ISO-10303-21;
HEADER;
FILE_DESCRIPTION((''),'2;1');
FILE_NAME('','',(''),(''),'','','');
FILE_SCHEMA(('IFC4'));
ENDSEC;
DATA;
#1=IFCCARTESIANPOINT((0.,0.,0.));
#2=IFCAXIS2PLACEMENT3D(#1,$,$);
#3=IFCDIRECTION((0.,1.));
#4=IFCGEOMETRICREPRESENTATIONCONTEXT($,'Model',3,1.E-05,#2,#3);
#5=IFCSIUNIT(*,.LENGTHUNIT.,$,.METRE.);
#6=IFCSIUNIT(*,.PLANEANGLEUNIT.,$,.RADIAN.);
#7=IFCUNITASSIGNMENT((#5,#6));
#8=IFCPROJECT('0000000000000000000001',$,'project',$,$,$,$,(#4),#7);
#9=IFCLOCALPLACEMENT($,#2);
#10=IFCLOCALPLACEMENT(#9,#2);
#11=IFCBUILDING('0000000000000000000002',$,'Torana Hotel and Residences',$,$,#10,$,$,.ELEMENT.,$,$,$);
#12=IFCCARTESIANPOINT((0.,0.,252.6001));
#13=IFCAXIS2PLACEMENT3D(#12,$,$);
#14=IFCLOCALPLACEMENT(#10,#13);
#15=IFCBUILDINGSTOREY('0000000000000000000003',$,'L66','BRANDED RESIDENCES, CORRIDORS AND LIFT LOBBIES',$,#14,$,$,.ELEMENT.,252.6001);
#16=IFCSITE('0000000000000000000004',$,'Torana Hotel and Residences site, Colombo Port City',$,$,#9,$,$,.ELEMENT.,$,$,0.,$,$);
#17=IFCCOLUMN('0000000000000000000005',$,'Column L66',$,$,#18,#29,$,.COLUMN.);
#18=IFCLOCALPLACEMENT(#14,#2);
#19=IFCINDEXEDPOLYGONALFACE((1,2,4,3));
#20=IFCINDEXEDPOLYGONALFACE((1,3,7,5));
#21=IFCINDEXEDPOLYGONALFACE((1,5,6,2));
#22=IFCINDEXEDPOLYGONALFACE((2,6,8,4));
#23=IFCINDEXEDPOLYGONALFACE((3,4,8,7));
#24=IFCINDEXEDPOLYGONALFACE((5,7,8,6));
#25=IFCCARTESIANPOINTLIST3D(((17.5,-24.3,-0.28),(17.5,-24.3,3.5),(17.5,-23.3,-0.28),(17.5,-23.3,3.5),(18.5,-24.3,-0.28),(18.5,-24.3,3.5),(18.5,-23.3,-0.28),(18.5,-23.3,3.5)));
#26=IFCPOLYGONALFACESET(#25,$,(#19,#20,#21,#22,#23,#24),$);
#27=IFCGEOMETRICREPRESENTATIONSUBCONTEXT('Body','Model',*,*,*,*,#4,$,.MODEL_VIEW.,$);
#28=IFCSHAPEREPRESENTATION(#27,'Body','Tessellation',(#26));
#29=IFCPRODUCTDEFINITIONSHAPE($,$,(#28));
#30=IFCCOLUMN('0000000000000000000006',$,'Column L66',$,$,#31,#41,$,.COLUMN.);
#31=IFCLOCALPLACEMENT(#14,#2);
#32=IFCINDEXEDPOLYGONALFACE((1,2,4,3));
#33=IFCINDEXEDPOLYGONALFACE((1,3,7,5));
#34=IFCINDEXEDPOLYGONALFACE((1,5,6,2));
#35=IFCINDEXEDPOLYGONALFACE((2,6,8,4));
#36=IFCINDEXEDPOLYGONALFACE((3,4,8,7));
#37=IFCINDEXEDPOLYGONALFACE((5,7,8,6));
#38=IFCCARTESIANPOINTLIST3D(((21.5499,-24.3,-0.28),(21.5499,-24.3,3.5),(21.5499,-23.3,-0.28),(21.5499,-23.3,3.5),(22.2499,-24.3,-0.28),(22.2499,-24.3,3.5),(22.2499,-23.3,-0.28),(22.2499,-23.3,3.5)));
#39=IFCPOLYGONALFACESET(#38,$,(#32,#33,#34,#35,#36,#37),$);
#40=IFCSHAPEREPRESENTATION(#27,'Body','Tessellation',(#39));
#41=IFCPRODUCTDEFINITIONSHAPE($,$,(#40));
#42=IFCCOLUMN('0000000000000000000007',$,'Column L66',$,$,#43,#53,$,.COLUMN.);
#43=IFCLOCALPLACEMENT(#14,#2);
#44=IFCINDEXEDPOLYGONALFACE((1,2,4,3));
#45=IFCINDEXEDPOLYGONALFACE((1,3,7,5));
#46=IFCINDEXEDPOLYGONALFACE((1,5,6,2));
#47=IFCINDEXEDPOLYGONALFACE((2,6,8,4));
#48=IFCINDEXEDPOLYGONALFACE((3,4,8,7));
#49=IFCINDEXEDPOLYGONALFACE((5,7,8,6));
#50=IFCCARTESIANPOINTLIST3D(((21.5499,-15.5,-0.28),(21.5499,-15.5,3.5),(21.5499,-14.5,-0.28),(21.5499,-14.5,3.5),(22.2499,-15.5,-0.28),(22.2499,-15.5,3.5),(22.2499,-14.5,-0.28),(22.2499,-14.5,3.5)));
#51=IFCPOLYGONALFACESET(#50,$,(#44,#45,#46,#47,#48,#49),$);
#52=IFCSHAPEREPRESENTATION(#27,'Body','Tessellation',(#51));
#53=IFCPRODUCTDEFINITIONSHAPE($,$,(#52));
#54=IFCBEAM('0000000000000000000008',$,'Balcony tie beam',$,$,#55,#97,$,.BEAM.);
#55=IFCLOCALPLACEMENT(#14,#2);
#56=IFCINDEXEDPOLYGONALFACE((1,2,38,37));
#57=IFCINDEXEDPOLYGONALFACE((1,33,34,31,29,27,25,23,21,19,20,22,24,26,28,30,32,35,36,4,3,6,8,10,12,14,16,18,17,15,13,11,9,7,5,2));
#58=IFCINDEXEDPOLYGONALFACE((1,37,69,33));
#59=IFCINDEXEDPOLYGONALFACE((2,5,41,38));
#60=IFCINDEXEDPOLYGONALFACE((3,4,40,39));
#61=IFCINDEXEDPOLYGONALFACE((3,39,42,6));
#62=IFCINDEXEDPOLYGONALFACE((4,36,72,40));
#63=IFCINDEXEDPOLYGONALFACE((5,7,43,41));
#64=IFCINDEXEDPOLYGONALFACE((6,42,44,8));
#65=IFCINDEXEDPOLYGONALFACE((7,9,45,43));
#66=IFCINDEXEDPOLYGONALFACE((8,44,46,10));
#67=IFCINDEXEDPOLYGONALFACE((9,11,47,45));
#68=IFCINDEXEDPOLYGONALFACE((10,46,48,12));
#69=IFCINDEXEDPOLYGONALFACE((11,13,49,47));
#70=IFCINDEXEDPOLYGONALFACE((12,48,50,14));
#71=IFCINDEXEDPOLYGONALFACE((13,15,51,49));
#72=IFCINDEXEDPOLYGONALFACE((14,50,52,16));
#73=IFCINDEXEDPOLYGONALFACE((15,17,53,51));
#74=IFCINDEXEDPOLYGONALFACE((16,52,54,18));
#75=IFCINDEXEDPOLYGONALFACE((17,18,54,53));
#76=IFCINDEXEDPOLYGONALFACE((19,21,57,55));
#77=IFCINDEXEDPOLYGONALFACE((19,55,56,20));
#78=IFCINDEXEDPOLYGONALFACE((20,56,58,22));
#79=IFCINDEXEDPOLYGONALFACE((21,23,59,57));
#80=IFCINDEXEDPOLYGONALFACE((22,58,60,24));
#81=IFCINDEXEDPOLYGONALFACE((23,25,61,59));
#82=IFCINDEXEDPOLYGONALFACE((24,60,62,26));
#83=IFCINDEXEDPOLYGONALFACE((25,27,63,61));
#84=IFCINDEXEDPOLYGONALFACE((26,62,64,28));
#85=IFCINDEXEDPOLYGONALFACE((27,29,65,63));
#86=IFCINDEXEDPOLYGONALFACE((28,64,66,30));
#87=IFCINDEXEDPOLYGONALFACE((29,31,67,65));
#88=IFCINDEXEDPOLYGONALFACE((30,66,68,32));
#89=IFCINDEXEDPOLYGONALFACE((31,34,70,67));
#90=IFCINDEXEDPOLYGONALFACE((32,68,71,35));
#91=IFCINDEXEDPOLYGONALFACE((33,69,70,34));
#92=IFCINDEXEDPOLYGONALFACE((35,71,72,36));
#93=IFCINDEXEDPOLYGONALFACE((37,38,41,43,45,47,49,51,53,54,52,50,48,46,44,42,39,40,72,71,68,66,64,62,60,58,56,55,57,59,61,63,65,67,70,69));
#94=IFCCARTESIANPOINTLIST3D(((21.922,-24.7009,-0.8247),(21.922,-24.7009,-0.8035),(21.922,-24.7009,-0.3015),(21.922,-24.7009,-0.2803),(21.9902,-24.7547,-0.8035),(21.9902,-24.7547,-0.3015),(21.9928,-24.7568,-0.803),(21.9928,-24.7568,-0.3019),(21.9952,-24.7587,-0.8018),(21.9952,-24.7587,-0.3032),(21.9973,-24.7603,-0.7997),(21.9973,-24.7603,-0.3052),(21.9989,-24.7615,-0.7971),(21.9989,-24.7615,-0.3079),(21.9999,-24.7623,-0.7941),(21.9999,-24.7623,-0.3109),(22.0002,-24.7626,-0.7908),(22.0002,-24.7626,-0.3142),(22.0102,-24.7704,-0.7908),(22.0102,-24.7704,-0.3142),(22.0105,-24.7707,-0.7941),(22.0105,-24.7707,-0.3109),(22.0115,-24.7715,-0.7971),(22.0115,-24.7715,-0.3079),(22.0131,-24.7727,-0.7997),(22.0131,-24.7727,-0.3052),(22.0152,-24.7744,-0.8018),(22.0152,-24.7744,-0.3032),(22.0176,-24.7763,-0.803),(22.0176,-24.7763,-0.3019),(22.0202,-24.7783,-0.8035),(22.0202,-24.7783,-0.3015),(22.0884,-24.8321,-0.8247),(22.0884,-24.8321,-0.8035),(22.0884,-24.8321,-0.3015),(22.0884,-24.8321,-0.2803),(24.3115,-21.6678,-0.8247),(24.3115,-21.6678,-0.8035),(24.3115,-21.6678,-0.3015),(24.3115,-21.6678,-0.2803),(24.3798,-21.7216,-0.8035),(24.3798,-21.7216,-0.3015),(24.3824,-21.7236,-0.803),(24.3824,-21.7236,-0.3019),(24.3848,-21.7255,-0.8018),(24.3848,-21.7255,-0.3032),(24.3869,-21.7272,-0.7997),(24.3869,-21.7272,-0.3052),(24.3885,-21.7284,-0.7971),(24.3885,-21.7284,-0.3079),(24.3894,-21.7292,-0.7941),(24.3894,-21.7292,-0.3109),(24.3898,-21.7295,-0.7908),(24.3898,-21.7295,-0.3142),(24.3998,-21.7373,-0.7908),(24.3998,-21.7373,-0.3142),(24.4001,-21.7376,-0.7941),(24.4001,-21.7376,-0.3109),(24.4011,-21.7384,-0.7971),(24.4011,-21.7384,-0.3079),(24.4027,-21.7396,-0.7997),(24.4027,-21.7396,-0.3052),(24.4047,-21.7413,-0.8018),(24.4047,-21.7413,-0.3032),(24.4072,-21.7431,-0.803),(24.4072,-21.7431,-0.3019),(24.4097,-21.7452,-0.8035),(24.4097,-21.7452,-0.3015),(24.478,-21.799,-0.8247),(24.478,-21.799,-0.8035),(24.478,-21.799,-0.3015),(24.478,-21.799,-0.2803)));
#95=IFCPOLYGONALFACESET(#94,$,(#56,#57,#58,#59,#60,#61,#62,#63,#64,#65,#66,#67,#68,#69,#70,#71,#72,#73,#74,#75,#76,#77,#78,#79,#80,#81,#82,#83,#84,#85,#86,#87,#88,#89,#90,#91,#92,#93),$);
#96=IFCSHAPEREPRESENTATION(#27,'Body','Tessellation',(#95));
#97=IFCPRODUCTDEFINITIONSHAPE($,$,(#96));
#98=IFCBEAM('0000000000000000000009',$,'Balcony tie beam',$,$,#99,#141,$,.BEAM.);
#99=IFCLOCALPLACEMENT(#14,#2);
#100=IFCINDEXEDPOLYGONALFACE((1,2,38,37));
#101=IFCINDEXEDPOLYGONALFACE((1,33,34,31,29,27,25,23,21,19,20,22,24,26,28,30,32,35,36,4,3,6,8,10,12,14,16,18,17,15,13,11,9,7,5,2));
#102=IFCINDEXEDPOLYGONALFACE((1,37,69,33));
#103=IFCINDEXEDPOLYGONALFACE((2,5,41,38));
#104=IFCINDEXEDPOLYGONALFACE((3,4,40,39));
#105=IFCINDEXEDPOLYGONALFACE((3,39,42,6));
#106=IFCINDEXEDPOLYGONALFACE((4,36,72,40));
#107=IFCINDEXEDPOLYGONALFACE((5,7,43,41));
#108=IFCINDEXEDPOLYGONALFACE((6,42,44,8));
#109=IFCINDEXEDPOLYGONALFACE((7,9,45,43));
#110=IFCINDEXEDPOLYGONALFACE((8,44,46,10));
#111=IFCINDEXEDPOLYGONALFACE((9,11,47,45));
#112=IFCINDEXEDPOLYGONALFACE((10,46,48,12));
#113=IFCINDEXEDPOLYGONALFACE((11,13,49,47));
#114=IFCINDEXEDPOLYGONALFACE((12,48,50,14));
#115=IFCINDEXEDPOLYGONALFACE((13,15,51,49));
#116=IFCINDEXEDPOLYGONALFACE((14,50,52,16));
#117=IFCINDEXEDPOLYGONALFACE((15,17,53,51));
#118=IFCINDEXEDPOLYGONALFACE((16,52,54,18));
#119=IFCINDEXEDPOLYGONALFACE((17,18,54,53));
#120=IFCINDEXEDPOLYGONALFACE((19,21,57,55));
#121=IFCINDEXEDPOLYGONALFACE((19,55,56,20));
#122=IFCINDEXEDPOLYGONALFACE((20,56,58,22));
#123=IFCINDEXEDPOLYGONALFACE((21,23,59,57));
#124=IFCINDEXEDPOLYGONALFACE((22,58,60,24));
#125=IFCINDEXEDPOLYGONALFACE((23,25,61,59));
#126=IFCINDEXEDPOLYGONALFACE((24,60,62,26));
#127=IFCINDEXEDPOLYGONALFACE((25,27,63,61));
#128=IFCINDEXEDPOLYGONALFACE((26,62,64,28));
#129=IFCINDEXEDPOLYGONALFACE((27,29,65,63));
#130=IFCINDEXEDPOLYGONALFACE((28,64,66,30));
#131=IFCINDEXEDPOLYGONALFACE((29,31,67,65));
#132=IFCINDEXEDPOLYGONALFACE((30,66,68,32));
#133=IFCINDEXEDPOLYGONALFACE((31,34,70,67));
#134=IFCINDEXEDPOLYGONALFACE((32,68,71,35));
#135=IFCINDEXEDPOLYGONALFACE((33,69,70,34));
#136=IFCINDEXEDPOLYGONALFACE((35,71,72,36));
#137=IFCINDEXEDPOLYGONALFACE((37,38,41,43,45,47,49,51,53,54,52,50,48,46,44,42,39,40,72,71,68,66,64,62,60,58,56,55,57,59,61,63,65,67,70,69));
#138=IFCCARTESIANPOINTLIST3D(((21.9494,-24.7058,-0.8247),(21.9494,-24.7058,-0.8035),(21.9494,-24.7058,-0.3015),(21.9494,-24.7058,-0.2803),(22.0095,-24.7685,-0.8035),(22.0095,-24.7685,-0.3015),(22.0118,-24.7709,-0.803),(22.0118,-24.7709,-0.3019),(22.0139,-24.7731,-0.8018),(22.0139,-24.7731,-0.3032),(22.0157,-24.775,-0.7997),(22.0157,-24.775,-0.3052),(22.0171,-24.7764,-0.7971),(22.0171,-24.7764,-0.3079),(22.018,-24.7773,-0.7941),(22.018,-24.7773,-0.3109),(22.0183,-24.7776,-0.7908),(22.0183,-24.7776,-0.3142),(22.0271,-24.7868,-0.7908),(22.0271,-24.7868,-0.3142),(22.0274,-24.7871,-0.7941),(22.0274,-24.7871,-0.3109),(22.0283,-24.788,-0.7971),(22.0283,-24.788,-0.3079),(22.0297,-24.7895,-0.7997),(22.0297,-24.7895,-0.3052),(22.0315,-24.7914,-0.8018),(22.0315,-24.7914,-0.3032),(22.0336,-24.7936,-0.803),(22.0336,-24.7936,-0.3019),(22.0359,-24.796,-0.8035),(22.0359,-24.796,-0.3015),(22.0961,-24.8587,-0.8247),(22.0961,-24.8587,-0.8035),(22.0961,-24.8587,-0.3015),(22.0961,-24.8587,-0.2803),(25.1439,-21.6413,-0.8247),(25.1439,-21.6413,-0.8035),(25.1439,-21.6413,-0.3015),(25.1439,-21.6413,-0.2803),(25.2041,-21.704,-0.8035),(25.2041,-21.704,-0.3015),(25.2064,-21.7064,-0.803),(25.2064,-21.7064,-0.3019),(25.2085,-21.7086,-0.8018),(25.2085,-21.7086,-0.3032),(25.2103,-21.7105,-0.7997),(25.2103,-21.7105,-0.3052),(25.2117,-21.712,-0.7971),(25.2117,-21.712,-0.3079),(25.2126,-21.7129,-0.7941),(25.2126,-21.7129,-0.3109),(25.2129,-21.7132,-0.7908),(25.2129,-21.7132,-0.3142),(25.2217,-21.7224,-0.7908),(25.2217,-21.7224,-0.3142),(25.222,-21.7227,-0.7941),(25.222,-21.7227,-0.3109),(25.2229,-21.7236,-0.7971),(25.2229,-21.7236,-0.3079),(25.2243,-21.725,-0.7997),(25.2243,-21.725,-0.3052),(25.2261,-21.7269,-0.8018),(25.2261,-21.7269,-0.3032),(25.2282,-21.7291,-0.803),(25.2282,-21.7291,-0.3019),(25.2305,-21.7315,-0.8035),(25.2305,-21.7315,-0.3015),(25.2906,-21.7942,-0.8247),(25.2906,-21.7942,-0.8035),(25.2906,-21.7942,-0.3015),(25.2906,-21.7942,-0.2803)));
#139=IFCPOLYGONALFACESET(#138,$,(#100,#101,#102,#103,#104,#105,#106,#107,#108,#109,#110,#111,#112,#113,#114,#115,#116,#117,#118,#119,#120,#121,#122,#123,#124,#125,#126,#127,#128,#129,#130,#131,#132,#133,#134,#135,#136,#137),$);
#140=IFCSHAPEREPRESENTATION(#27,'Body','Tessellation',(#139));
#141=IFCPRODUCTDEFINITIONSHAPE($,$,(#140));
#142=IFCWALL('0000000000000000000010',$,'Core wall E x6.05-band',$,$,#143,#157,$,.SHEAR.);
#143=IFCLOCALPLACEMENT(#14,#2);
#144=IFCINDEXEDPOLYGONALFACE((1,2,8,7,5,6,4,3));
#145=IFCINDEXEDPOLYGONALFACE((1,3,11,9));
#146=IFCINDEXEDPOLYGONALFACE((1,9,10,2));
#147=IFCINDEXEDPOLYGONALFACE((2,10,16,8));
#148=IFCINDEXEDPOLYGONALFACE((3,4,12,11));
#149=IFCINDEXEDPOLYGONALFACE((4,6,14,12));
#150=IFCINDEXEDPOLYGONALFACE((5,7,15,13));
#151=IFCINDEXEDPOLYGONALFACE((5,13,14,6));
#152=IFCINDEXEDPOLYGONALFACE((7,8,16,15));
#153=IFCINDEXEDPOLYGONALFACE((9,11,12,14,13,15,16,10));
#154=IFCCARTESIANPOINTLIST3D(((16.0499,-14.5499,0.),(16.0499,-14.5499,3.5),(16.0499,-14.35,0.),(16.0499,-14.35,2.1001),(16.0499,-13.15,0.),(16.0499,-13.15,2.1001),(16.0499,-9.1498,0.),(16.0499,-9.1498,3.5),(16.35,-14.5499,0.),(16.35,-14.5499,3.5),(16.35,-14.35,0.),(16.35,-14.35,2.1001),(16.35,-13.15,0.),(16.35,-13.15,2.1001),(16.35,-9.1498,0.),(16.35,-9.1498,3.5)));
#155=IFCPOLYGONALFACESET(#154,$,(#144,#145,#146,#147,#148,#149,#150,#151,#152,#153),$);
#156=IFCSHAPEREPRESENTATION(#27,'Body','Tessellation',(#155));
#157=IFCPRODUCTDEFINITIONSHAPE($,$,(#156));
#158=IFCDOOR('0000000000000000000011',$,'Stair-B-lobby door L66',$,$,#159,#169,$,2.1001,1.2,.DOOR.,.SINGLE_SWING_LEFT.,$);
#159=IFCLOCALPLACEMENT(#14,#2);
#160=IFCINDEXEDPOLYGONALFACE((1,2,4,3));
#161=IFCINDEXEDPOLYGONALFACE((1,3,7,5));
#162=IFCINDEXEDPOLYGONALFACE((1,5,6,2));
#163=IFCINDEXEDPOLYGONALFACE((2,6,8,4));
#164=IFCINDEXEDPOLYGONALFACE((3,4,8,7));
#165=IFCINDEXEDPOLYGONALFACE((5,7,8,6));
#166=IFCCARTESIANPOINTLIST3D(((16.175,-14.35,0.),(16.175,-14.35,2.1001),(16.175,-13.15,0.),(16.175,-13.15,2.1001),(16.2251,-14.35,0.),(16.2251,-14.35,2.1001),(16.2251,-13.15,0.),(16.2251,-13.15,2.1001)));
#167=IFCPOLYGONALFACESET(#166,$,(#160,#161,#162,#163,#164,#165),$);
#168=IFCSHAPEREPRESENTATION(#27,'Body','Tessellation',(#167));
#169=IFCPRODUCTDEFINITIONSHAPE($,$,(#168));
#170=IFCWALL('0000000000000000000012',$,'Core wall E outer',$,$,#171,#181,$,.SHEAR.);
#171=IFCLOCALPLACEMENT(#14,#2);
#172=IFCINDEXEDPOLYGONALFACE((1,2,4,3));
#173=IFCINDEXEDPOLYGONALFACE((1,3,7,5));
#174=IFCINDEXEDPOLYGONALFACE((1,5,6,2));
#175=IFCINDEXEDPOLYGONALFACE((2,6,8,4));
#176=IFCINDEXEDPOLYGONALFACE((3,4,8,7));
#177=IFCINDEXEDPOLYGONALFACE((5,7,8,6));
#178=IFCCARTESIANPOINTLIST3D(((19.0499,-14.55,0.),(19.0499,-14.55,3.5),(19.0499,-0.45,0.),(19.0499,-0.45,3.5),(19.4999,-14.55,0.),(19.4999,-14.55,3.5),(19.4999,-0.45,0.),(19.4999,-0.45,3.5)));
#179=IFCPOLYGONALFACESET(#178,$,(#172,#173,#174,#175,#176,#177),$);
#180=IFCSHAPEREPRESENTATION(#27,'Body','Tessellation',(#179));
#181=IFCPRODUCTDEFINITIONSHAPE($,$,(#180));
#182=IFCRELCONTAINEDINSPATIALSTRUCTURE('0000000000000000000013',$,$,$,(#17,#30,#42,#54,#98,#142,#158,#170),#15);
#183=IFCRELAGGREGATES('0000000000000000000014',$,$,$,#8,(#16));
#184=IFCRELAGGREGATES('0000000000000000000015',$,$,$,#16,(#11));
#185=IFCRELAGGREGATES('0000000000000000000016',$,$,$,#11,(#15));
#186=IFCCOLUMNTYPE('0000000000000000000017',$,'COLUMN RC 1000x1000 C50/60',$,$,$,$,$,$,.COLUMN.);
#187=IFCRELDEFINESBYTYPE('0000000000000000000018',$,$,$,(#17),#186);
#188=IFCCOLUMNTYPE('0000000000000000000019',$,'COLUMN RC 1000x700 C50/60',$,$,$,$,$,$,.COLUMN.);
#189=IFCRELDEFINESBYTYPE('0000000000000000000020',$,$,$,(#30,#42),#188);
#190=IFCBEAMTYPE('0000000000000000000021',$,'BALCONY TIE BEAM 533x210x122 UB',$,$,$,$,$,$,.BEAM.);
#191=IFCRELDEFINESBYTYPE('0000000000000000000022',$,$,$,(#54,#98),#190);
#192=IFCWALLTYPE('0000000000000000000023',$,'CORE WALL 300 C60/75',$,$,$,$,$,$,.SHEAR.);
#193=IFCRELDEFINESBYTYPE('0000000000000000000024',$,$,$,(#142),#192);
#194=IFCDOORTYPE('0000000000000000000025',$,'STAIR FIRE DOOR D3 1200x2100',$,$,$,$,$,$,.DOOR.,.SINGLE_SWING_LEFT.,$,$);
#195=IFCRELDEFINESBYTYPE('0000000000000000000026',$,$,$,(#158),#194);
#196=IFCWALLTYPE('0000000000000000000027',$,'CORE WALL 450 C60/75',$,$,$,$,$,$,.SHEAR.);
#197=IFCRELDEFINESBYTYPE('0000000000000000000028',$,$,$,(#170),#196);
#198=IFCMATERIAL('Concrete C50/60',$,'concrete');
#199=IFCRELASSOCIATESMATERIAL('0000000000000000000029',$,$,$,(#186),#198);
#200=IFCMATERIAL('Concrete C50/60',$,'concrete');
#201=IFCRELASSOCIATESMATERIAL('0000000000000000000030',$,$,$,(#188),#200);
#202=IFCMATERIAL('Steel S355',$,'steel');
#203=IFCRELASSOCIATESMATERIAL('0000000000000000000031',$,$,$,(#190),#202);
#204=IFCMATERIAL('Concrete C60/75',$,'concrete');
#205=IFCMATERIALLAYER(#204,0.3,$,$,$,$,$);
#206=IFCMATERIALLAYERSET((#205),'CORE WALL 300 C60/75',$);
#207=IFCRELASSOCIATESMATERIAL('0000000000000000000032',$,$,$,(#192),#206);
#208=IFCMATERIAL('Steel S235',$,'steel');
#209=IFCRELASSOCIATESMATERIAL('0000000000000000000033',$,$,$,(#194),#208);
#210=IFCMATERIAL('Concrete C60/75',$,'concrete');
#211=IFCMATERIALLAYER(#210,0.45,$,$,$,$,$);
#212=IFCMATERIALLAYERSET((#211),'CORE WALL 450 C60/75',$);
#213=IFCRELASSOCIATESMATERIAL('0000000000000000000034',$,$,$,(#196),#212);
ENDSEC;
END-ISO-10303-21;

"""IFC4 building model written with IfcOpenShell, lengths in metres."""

from ifc_helpers import new_model, si_unit, direction, frame, frame_2d, origin, origin_2d, place, context, subcontext, project, spatial, rectangle, i_section, extrude, material, layer, layer_set, material_profile, profile_set, type_object, element, fill, save


model = new_model("IFC4")

# Units and contexts
model_context = context("Model", 3, precision=1e-05, world=origin(), true_north=direction((0.0, 1.0)))
body_context = subcontext(model_context, "Body", "Model", "MODEL_VIEW")
ifc_project = project(units=[si_unit("LENGTHUNIT", "METRE"), si_unit("PLANEANGLEUNIT", "RADIAN")], contexts=[model_context])

# Site, building, storey
site_placement = place(None, origin())
site = spatial("IfcSite", under=ifc_project, at=site_placement, Name="Torana Hotel and Residences site, Colombo Port City", CompositionType="ELEMENT", RefElevation=0.0)
building_placement = place(site_placement, origin())
building = spatial("IfcBuilding", under=site, at=building_placement, Name="Torana Hotel and Residences", CompositionType="ELEMENT")
storey_placement = place(building_placement, frame((0.0, 0.0, 252.6001)))
storey = spatial("IfcBuildingStorey", under=building, at=storey_placement, Name="L66", Description="BRANDED RESIDENCES, CORRIDORS AND LIFT LOBBIES", CompositionType="ELEMENT", Elevation=252.6001)

# Columns
ifc_material_1 = material(Name="Concrete C50/60", Category="concrete")
ifc_material_profile_1 = material_profile(ifc_material_1, rectangle(XDim=1.0, YDim=1.0, at=origin_2d()), Name="RC 1000x1000")
ifc_profile_set_1 = profile_set([ifc_material_profile_1], Name="Concrete C50/60")
column_type_1 = type_object("IfcColumnType", Name="COLUMN RC 1000x1000 C50/60", PredefinedType="COLUMN", material=ifc_profile_set_1)
column_placement = place(storey_placement, frame((18.0, -23.8, -0.28), z_axis=(0.0, 0.0, 1.0), x_axis=(1.0, 0.0, 0.0)))
element("IfcColumn", 1, at=column_placement, inside=storey, type_object=column_type_1, Name="Column L66", PredefinedType="COLUMN", context=body_context, shape_type="SweptSolid", body=[
    extrude(rectangle(XDim=1.0, YDim=1.0, at=origin_2d()), origin(), (0.0, 0.0, 1.0), 3.78),
])
ifc_material_2 = material(Name="Concrete C50/60", Category="concrete")
ifc_material_profile_2 = material_profile(ifc_material_2, rectangle(XDim=1.0, YDim=0.7, at=origin_2d()), Name="RC 1000x700")
ifc_profile_set_2 = profile_set([ifc_material_profile_2], Name="Concrete C50/60")
column_type_2 = type_object("IfcColumnType", Name="COLUMN RC 1000x700 C50/60", PredefinedType="COLUMN", material=ifc_profile_set_2)
for number, where, z_axis, x_axis, name in (
    (2, (21.8999, -23.8, -0.28), (0.0, 0.0, 1.0), (0.0, 1.0, 0.0), "Column L66"),
    (3, (21.8999, -15.0, -0.28), (0.0, 0.0, 1.0), (0.0, 1.0, 0.0), "Column L66"),
):
    element("IfcColumn", number, at=place(storey_placement, frame(where, z_axis=z_axis, x_axis=x_axis)), inside=storey, type_object=column_type_2, Name=name, PredefinedType="COLUMN", context=body_context, shape_type="SweptSolid", body=[
        extrude(rectangle(XDim=1.0, YDim=0.7, at=origin_2d()), origin(), (0.0, 0.0, 1.0), 3.78),
    ])

# Beams
ifc_material_3 = material(Name="Steel S355", Category="steel")
ifc_material_profile_3 = material_profile(ifc_material_3, i_section(OverallWidth=0.2119, OverallDepth=0.5444, WebThickness=0.0127, FlangeThickness=0.0212, FilletRadius=0.0127, at=origin_2d()), Name="533x210x122 UB")
ifc_profile_set_3 = profile_set([ifc_material_profile_3], Name="Steel S355")
beam_type = type_object("IfcBeamType", Name="BALCONY TIE BEAM 533x210x122 UB", PredefinedType="BEAM", material=ifc_profile_set_3)
beam_1_placement = place(storey_placement, frame((24.3948, -21.7334, -0.5525), z_axis=(-0.618849, -0.78551, 0.0), x_axis=(0.78551, -0.618849, 0.0)))
element("IfcBeam", 4, at=beam_1_placement, inside=storey, type_object=beam_type, Name="Balcony tie beam", PredefinedType="BEAM", context=body_context, shape_type="SweptSolid", body=[
    extrude(i_section(OverallWidth=0.2119, OverallDepth=0.5444, WebThickness=0.0127, FlangeThickness=0.0212, FilletRadius=0.0127, at=origin_2d()), origin(), (0.0, 0.0, 1.0), 3.8613),
])
beam_2_placement = place(storey_placement, frame((25.2173, -21.7178, -0.5525), z_axis=(-0.721652, -0.692256, 0.0), x_axis=(0.692256, -0.721652, 0.0)))
element("IfcBeam", 5, at=beam_2_placement, inside=storey, type_object=beam_type, Name="Balcony tie beam", PredefinedType="BEAM", context=body_context, shape_type="SweptSolid", body=[
    extrude(i_section(OverallWidth=0.2119, OverallDepth=0.5444, WebThickness=0.0127, FlangeThickness=0.0212, FilletRadius=0.0127, at=origin_2d()), origin(), (0.0, 0.0, 1.0), 4.4268),
])

# Wall, opening, door
ifc_material_4 = material(Name="Concrete C60/75", Category="concrete")
ifc_layer_1 = layer(ifc_material_4, 0.3)
ifc_layer_set_1 = layer_set([ifc_layer_1], Name="CORE WALL 300 C60/75")
wall_type_1 = type_object("IfcWallType", Name="CORE WALL 300 C60/75", PredefinedType="SHEAR", material=ifc_layer_set_1)
wall_1_placement = place(storey_placement, frame((16.2, -14.55, 0.0), z_axis=(0.0, 0.0, 1.0), x_axis=(0.0, 1.0, 0.0)))
wall_1 = element("IfcWall", 6, at=wall_1_placement, inside=storey, type_object=wall_type_1, Name="Core wall E x6.05-band", PredefinedType="SHEAR", context=body_context, shape_type="SweptSolid", body=[
    extrude(rectangle(XDim=5.4001, YDim=0.3, at=frame_2d((2.7002, 0.0))), origin(), (0.0, 0.0, 1.0), 3.5),
])
opening_1_placement = place(wall_1_placement, frame((0.2, 0.0, 0.0)))
opening_1 = element("IfcOpeningElement", 7, at=opening_1_placement, cuts=wall_1, PredefinedType="OPENING", context=body_context, shape_type="SweptSolid", body=[
    extrude(rectangle(XDim=1.2, YDim=2.1001, at=frame_2d((0.6001, 1.05))), frame((0.0, 0.1599, 0.0), z_axis=(0.0, -1.0, 0.0), x_axis=(1.0, 0.0, 0.0)), (0.0, 0.0, 1.0), 0.3201),
])
ifc_material_5 = material(Name="Steel S235", Category="steel")
door_type_1 = type_object("IfcDoorType", Name="STAIR FIRE DOOR D3 1200x2100", OperationType="SINGLE_SWING_LEFT", PredefinedType="DOOR", material=ifc_material_5)
door_1_placement = place(opening_1_placement, frame((0.6001, 0.0, 0.0), z_axis=(0.0, 0.0, 1.0), x_axis=(-1.0, 0.0, 0.0)))
door_1 = element("IfcDoor", 8, at=door_1_placement, inside=storey, type_object=door_type_1, Name="Stair-B-lobby door L66", OperationType="SINGLE_SWING_LEFT", OverallHeight=2.1001, OverallWidth=1.2, PredefinedType="DOOR", context=body_context, shape_type="SweptSolid", body=[
    extrude(rectangle(XDim=1.2, YDim=2.1001, at=frame_2d((0.0, 1.05))), frame((0.0, -0.0249, 0.0), z_axis=(0.0, 1.0, 0.0), x_axis=(-1.0, 0.0, 0.0)), (0.0, 0.0, 1.0), 0.05),
])
fill(opening_1, door_1)

# Wall
ifc_material_6 = material(Name="Concrete C60/75", Category="concrete")
ifc_layer_2 = layer(ifc_material_6, 0.45)
ifc_layer_set_2 = layer_set([ifc_layer_2], Name="CORE WALL 450 C60/75")
wall_type_2 = type_object("IfcWallType", Name="CORE WALL 450 C60/75", PredefinedType="SHEAR", material=ifc_layer_set_2)
wall_2_placement = place(storey_placement, frame((19.2749, -14.55, 0.0), z_axis=(0.0, 0.0, 1.0), x_axis=(0.0, 1.0, 0.0)))
element("IfcWall", 9, at=wall_2_placement, inside=storey, type_object=wall_type_2, Name="Core wall E outer", PredefinedType="SHEAR", context=body_context, shape_type="SweptSolid", body=[
    extrude(rectangle(XDim=14.1001, YDim=0.45, at=frame_2d((7.05, 0.0))), origin(), (0.0, 0.0, 1.0), 3.5),
])

save(model, "model.ifc")
